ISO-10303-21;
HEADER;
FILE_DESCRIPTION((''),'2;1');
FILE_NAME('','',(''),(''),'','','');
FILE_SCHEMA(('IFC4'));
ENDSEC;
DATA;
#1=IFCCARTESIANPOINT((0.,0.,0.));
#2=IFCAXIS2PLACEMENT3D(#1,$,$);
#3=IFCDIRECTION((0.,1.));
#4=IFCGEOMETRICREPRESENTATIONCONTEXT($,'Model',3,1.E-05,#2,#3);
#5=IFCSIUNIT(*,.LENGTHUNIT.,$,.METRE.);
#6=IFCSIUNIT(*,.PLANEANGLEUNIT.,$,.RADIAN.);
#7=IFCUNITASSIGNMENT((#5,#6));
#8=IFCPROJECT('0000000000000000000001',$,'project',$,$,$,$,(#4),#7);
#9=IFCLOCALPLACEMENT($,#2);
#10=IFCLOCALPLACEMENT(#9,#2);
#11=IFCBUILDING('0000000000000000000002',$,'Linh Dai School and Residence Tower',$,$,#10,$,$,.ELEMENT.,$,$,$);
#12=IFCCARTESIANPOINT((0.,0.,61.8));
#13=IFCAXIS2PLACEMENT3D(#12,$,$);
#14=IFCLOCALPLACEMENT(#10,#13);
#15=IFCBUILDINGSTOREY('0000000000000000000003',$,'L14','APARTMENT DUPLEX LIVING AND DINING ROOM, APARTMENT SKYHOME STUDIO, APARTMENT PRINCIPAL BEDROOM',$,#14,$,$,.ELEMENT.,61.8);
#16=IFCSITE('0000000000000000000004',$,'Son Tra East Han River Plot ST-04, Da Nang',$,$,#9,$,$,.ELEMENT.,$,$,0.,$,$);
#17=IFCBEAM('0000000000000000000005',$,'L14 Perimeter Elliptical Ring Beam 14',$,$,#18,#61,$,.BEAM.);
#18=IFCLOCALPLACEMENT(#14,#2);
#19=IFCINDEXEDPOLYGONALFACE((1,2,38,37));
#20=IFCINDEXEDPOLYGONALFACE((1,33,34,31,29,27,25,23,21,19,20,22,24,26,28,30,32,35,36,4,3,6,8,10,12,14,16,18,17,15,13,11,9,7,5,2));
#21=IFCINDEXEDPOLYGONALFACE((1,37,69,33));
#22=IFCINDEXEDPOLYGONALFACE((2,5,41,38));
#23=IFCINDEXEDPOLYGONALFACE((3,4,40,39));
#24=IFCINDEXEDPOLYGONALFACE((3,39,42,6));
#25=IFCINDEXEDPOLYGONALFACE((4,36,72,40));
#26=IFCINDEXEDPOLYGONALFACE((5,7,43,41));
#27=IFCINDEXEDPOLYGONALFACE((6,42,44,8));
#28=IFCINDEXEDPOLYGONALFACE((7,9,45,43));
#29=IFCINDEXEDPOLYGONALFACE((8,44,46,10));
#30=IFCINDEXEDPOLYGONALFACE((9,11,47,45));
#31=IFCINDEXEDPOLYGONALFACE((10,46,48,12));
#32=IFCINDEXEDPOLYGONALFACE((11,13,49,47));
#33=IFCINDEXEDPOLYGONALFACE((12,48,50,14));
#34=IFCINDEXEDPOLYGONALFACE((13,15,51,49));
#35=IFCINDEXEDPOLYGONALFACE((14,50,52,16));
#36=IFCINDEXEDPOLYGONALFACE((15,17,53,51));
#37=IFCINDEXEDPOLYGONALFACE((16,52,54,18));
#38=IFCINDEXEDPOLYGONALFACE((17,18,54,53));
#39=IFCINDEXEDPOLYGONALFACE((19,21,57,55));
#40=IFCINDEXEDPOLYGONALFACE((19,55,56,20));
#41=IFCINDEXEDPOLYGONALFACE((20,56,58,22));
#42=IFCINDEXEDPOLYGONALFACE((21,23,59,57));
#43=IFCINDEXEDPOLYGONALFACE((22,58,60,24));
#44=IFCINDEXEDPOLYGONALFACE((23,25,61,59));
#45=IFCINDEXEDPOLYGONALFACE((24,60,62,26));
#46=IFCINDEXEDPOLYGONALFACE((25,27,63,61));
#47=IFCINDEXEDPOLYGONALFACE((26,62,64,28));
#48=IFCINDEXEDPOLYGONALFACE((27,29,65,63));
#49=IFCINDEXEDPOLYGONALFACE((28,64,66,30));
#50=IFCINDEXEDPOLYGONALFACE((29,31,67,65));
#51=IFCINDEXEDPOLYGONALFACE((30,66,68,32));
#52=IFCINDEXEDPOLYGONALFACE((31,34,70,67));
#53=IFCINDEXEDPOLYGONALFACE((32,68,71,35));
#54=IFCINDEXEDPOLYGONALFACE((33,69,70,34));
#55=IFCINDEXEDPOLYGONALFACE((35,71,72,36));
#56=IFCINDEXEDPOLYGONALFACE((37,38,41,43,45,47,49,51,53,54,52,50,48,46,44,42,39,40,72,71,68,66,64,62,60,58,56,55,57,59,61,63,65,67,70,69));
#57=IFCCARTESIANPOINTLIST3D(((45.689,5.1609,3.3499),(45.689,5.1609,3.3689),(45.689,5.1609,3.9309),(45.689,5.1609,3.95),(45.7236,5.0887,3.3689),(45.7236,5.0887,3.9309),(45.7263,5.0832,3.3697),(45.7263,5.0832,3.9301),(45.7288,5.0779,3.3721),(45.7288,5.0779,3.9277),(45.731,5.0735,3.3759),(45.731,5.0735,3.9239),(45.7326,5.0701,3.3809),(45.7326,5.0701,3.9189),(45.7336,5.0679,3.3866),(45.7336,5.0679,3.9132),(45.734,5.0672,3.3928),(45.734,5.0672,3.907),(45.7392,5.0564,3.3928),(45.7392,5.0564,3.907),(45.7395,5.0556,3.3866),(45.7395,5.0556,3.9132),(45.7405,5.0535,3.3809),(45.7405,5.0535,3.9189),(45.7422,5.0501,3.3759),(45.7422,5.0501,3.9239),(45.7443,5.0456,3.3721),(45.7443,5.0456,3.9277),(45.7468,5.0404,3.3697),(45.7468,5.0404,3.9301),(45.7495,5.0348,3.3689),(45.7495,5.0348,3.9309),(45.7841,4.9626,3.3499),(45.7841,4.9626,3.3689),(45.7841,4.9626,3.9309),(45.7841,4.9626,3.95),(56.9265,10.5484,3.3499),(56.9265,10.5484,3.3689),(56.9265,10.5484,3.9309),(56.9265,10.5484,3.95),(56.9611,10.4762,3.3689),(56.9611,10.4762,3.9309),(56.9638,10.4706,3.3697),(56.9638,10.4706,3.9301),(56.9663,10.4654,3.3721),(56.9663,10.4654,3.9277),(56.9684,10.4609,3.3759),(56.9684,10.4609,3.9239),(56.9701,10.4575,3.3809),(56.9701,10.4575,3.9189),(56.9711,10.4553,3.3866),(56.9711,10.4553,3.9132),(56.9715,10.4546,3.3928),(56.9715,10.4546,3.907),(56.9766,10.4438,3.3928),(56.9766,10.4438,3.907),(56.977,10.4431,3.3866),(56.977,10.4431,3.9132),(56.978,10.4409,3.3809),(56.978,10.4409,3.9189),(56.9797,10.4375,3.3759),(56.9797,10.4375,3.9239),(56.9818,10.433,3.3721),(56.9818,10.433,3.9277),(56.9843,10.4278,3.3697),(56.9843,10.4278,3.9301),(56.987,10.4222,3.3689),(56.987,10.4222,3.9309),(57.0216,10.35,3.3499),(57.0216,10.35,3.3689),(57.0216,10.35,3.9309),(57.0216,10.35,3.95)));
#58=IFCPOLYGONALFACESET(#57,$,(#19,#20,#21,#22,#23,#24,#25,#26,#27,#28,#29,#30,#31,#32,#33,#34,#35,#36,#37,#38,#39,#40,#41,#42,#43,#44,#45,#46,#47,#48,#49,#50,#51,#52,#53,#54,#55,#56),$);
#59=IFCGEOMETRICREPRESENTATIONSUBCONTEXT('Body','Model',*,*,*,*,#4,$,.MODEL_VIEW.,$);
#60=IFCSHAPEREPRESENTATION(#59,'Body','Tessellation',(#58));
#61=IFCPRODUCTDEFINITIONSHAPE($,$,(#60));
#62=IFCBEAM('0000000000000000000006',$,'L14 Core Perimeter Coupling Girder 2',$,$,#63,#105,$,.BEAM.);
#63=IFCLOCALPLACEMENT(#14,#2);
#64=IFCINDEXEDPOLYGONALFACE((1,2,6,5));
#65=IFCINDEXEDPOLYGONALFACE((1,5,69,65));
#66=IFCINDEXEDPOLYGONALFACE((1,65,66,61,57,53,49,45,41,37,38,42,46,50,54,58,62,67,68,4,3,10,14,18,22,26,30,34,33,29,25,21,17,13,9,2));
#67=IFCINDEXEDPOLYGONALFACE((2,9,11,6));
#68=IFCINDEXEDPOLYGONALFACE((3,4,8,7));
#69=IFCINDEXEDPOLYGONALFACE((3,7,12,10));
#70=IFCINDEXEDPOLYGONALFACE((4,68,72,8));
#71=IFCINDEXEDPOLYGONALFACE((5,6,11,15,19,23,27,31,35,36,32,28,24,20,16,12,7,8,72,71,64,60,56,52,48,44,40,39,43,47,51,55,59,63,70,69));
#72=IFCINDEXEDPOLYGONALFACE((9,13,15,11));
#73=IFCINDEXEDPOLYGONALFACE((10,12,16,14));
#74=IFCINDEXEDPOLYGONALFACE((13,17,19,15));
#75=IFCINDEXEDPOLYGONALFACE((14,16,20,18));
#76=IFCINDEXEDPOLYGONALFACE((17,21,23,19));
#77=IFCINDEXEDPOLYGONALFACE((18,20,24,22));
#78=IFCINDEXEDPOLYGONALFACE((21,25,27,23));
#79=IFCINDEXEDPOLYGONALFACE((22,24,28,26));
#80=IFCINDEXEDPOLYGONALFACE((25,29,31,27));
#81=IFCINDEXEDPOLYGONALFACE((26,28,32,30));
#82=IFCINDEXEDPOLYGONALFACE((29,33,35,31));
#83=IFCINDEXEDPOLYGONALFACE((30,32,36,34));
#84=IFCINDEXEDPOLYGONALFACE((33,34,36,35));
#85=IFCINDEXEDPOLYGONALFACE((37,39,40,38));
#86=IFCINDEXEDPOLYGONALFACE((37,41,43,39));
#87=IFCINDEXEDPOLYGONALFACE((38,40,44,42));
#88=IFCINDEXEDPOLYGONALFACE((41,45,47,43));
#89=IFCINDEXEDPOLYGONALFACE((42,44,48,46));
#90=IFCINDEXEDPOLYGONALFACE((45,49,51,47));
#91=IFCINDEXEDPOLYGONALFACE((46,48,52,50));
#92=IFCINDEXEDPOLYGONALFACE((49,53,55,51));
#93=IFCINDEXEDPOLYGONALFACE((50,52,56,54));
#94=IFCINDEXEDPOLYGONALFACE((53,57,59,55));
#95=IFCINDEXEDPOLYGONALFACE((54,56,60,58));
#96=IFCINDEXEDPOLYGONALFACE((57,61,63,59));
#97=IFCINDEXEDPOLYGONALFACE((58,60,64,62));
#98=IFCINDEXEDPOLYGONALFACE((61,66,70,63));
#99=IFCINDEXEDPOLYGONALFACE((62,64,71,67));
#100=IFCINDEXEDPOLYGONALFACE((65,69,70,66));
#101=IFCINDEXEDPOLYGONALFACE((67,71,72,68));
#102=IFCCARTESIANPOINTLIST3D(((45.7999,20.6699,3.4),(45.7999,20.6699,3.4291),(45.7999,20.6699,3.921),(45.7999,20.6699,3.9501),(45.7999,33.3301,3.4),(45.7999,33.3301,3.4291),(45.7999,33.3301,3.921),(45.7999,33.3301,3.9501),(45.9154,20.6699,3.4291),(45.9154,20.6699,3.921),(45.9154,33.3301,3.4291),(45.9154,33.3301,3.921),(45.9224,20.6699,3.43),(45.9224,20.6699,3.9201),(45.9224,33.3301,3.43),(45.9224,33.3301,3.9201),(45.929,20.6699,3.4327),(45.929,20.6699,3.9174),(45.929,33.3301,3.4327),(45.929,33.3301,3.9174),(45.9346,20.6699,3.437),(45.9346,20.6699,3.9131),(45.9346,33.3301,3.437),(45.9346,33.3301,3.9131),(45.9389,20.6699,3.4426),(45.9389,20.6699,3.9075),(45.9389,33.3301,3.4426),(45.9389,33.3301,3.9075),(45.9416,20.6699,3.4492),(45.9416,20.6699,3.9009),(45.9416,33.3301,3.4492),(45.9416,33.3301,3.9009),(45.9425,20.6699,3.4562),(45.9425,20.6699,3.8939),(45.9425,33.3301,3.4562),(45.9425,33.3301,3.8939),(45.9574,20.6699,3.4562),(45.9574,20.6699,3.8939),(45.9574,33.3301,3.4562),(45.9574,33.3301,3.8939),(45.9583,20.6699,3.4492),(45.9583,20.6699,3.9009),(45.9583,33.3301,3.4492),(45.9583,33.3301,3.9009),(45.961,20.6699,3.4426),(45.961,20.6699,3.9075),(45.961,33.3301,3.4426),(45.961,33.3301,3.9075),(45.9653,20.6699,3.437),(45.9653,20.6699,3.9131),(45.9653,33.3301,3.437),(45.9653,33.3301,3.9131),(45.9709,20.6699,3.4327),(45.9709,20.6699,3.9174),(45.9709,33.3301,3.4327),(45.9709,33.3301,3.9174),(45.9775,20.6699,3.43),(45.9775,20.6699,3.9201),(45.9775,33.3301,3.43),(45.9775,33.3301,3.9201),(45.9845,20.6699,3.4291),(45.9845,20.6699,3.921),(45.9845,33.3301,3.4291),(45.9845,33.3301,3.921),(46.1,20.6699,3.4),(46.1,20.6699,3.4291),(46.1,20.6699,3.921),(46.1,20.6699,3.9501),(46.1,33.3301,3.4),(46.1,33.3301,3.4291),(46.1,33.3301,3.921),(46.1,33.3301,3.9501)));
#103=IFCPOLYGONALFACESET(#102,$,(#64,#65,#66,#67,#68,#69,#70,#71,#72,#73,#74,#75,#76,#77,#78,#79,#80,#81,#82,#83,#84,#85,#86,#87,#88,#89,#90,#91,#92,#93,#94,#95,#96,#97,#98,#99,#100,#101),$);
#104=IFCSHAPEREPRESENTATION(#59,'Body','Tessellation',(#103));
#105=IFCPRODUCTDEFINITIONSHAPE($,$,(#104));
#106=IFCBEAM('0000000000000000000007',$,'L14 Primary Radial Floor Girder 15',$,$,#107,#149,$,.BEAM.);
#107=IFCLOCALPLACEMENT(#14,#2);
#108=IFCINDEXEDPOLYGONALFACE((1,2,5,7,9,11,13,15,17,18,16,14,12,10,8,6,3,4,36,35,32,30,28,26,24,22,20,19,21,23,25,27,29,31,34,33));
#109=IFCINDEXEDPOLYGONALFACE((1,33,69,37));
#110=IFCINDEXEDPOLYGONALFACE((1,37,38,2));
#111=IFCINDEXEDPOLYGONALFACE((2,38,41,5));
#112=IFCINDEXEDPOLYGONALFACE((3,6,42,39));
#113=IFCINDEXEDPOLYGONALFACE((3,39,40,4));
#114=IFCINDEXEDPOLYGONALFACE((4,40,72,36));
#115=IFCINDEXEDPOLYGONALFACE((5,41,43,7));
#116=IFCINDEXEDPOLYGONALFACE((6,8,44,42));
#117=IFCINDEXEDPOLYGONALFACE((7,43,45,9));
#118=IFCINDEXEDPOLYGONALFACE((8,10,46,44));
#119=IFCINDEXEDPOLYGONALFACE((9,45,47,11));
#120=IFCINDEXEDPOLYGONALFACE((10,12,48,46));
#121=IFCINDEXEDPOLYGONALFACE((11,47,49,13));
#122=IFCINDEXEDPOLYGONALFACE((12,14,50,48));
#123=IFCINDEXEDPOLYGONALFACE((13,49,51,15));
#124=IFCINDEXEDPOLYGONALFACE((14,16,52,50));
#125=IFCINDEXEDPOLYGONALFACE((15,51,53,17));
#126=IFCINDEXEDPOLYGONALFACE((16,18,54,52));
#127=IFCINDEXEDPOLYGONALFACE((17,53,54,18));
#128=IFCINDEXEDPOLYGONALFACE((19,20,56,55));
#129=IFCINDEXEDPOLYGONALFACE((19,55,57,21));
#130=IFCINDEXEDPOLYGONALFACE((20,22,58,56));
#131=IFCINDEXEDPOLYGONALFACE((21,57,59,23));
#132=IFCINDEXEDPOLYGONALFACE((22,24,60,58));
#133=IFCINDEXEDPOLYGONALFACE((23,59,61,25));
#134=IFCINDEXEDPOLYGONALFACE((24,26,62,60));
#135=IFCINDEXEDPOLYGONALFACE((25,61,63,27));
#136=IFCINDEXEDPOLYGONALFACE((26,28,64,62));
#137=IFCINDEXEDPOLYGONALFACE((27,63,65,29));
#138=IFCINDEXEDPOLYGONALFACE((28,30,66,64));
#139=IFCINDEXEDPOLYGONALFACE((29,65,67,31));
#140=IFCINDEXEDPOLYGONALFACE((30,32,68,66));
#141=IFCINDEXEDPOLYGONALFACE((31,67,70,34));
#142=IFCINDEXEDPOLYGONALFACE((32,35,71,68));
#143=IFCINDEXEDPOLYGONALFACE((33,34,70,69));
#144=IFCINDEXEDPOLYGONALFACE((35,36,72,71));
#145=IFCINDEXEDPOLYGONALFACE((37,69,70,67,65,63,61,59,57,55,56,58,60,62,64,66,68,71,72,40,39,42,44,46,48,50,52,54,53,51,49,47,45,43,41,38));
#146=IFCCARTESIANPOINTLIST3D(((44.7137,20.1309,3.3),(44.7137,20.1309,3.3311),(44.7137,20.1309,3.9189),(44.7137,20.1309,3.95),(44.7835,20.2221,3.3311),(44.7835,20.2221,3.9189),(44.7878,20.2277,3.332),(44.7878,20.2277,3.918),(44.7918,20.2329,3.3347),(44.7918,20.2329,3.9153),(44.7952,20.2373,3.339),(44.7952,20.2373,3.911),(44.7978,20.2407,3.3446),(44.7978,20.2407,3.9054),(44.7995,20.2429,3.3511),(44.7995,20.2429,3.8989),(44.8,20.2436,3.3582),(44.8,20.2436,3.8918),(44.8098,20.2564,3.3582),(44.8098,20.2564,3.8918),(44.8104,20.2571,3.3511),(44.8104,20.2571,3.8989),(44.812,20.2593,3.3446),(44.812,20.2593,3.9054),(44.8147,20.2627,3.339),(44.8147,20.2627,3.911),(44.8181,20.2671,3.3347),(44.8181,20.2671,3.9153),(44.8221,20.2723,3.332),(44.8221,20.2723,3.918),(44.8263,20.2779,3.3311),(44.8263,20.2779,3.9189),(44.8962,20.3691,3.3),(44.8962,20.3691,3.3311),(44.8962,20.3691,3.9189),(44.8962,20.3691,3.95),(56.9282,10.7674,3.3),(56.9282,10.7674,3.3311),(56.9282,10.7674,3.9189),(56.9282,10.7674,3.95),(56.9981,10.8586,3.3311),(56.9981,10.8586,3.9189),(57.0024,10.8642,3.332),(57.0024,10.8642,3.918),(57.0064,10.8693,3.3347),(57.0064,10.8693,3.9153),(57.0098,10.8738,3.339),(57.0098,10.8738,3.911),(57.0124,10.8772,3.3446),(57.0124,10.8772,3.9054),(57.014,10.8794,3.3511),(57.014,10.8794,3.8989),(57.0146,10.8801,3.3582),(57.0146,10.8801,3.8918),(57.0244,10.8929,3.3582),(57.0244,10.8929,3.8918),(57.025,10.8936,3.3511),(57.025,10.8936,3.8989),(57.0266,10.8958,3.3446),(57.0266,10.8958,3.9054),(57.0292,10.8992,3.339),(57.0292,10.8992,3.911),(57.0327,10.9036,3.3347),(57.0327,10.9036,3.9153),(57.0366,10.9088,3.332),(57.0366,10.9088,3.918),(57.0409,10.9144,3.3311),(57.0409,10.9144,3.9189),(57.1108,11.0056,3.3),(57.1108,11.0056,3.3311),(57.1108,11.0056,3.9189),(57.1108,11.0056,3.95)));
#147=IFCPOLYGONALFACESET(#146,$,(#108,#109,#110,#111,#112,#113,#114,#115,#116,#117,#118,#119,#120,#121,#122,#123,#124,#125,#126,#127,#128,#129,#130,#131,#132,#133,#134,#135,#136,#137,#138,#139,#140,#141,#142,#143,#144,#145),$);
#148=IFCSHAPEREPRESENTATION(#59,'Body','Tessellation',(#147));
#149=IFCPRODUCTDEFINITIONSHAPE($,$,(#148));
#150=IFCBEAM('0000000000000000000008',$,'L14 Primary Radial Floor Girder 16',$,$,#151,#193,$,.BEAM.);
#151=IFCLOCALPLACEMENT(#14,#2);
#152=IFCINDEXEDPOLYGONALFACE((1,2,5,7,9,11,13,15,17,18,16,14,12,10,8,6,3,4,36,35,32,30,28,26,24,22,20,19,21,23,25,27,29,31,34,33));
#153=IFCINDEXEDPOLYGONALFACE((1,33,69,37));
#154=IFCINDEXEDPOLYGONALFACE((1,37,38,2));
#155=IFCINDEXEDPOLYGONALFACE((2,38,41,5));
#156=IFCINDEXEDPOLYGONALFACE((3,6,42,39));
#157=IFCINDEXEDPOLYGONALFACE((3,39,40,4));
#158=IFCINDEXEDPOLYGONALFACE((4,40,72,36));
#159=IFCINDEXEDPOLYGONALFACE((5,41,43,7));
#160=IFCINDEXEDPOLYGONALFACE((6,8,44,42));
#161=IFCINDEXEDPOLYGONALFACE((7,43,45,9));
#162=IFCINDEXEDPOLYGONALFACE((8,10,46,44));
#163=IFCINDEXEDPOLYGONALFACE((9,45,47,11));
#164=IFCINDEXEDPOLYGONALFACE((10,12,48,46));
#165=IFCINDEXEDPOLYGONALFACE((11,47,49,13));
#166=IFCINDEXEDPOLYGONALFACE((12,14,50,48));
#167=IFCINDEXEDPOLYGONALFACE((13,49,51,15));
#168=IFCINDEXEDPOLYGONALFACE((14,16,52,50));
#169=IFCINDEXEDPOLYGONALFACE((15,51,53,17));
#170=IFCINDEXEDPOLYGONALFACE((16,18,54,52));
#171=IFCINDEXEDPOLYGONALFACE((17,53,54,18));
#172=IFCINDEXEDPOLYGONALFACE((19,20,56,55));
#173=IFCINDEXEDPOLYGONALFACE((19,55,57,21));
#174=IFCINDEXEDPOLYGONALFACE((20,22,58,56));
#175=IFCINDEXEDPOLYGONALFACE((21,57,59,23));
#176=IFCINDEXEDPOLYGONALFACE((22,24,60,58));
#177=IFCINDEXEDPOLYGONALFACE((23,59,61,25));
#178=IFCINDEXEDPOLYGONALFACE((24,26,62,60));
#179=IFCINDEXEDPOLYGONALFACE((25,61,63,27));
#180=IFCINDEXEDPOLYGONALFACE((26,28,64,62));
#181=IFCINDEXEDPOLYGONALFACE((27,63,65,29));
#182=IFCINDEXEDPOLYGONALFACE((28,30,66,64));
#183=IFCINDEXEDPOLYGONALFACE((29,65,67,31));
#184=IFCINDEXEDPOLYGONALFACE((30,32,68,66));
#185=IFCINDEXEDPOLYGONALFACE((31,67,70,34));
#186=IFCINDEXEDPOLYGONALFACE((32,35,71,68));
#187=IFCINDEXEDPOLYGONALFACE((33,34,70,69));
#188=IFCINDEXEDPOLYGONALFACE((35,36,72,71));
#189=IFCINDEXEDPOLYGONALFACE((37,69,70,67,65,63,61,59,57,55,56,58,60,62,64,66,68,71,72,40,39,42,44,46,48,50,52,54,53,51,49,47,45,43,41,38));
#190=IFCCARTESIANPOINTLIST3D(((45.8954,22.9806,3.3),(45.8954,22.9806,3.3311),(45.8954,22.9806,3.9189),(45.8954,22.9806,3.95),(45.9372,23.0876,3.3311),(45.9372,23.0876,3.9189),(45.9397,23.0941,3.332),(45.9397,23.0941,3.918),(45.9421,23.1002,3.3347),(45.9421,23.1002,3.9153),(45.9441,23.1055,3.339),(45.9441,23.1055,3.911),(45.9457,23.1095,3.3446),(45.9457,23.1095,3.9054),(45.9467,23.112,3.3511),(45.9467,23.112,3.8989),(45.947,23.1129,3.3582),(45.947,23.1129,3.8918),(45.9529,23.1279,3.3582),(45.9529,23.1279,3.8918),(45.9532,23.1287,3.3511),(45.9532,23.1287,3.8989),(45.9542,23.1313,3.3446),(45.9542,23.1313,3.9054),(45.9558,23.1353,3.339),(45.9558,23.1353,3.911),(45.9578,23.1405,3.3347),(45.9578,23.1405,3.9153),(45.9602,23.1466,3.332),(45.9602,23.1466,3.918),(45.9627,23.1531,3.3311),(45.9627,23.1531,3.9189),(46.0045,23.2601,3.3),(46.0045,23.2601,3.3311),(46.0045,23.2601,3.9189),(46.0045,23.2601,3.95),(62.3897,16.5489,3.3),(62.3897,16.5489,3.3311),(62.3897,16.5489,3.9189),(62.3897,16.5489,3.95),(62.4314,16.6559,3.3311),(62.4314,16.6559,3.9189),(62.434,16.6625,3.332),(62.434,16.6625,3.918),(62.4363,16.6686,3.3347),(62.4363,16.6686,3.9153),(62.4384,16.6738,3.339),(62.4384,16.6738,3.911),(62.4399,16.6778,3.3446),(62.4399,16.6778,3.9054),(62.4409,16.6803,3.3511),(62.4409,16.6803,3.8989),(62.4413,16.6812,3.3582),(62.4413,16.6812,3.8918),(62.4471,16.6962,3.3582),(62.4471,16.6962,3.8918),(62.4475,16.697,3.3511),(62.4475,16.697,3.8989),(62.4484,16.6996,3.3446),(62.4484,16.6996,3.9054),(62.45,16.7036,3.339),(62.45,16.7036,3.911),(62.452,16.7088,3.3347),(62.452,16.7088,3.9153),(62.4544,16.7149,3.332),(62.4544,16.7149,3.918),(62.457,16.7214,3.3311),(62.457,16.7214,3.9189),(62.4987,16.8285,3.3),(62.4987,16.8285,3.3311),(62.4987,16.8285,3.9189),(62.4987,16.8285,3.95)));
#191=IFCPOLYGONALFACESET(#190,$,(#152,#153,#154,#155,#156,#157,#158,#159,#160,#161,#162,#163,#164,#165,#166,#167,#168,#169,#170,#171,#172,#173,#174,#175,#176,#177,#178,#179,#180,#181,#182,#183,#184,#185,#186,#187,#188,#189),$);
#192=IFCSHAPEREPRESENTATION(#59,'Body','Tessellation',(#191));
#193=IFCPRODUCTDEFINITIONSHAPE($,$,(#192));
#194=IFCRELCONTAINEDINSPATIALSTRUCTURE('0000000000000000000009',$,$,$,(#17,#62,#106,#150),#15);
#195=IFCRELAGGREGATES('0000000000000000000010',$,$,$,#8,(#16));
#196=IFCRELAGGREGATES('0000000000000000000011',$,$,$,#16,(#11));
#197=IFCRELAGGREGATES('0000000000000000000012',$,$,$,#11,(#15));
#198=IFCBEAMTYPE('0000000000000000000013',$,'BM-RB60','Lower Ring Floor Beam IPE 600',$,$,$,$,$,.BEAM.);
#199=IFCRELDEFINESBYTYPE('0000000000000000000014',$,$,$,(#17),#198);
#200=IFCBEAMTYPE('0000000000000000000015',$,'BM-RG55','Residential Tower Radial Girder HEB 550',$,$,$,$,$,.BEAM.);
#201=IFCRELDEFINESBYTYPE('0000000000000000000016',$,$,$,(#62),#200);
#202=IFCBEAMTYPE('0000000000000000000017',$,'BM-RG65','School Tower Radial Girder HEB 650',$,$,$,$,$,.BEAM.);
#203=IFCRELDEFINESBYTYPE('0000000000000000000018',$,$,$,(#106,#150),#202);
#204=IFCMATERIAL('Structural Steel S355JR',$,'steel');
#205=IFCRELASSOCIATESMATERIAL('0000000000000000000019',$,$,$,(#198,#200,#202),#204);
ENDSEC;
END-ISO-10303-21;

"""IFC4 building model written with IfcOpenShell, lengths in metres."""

from ifc_helpers import new_model, si_unit, direction, frame, origin, origin_2d, place, context, subcontext, project, spatial, i_section, extrude, material, material_profile, profile_set, type_object, element, save


model = new_model("IFC4")

# Units and contexts
model_context = context("Model", 3, precision=1e-05, world=origin(), true_north=direction((0.0, 1.0)))
body_context = subcontext(model_context, "Body", "Model", "MODEL_VIEW")
ifc_project = project(units=[si_unit("LENGTHUNIT", "METRE"), si_unit("PLANEANGLEUNIT", "RADIAN")], contexts=[model_context])

# Site, building, storey
site_placement = place(None, origin())
site = spatial("IfcSite", under=ifc_project, at=site_placement, Name="Son Tra East Han River Plot ST-04, Da Nang", CompositionType="ELEMENT", RefElevation=0.0)
building_placement = place(site_placement, origin())
building = spatial("IfcBuilding", under=site, at=building_placement, Name="Linh Dai School and Residence Tower", CompositionType="ELEMENT")
storey_placement = place(building_placement, frame((0.0, 0.0, 61.8)))
storey = spatial("IfcBuildingStorey", under=building, at=storey_placement, Name="L14", Description="APARTMENT DUPLEX LIVING AND DINING ROOM, APARTMENT SKYHOME STUDIO, APARTMENT PRINCIPAL BEDROOM", CompositionType="ELEMENT", Elevation=61.8)

# Shared definitions
ifc_material_1 = material(Name="Structural Steel S355JR", Category="steel")

# Beams
ifc_material_profile_1 = material_profile(ifc_material_1, i_section(OverallWidth=0.22, OverallDepth=0.6001, WebThickness=0.012, FlangeThickness=0.019, FilletRadius=0.0239, at=origin_2d()), Name="IPE 600")
ifc_profile_set_1 = profile_set([ifc_material_profile_1], Name="Structural Steel S355JR")
beam_type_1 = type_object("IfcBeamType", Name="BM-RB60", Description="Lower Ring Floor Beam IPE 600", PredefinedType="BEAM", material=ifc_profile_set_1)
beam_1_placement = place(storey_placement, frame((45.7366, 5.0618, 3.6499), z_axis=(0.901729, 0.432302, 0.0), x_axis=(-0.432302, 0.901729, 0.0)))
element("IfcBeam", 1, at=beam_1_placement, inside=storey, type_object=beam_type_1, Name="L14 Perimeter Elliptical Ring Beam 14", PredefinedType="BEAM", context=body_context, shape_type="SweptSolid", body=[
    extrude(i_section(OverallWidth=0.22, OverallDepth=0.6001, WebThickness=0.012, FlangeThickness=0.019, FilletRadius=0.0239, at=origin_2d()), origin(), (0.0, 0.0, 1.0), 12.4622),
])
ifc_material_profile_2 = material_profile(ifc_material_1, i_section(OverallWidth=0.3, OverallDepth=0.55, WebThickness=0.0149, FlangeThickness=0.0291, FilletRadius=0.0271, at=origin_2d()), Name="HEB 550")
ifc_profile_set_2 = profile_set([ifc_material_profile_2], Name="Structural Steel S355JR")
beam_type_2 = type_object("IfcBeamType", Name="BM-RG55", Description="Residential Tower Radial Girder HEB 550", PredefinedType="BEAM", material=ifc_profile_set_2)
beam_2_placement = place(storey_placement, frame((45.95, 20.6699, 3.675), z_axis=(0.0, 1.0, 0.0), x_axis=(-1.0, 0.0, 0.0)))
element("IfcBeam", 2, at=beam_2_placement, inside=storey, type_object=beam_type_2, Name="L14 Core Perimeter Coupling Girder 2", PredefinedType="BEAM", context=body_context, shape_type="SweptSolid", body=[
    extrude(i_section(OverallWidth=0.3, OverallDepth=0.55, WebThickness=0.0149, FlangeThickness=0.0291, FilletRadius=0.0271, at=origin_2d()), origin(), (0.0, 0.0, 1.0), 12.6602),
])
ifc_material_profile_3 = material_profile(ifc_material_1, i_section(OverallWidth=0.3, OverallDepth=0.6499, WebThickness=0.0161, FlangeThickness=0.031, FilletRadius=0.0271, at=origin_2d()), Name="HEB 650")
ifc_profile_set_3 = profile_set([ifc_material_profile_3], Name="Structural Steel S355JR")
beam_type_3 = type_object("IfcBeamType", Name="BM-RG65", Description="School Tower Radial Girder HEB 650", PredefinedType="BEAM", material=ifc_profile_set_3)
beam_3_placement = place(storey_placement, frame((44.8049, 20.25, 3.625), z_axis=(0.793638, -0.608391, 0.0), x_axis=(0.608391, 0.793638, 0.0)))
element("IfcBeam", 3, at=beam_3_placement, inside=storey, type_object=beam_type_3, Name="L14 Primary Radial Floor Girder 15", PredefinedType="BEAM", context=body_context, shape_type="SweptSolid", body=[
    extrude(i_section(OverallWidth=0.3, OverallDepth=0.6499, WebThickness=0.0161, FlangeThickness=0.031, FilletRadius=0.0271, at=origin_2d()), origin(), (0.0, 0.0, 1.0), 15.3906),
])
beam_4_placement = place(storey_placement, frame((45.95, 23.1204, 3.625), z_axis=(0.931675, -0.363293, 0.0), x_axis=(0.363293, 0.931675, 0.0)))
element("IfcBeam", 4, at=beam_4_placement, inside=storey, type_object=beam_type_3, Name="L14 Primary Radial Floor Girder 16", PredefinedType="BEAM", context=body_context, shape_type="SweptSolid", body=[
    extrude(i_section(OverallWidth=0.3, OverallDepth=0.6499, WebThickness=0.0161, FlangeThickness=0.031, FilletRadius=0.0271, at=origin_2d()), origin(), (0.0, 0.0, 1.0), 17.7039),
])

save(model, "model.ifc")
